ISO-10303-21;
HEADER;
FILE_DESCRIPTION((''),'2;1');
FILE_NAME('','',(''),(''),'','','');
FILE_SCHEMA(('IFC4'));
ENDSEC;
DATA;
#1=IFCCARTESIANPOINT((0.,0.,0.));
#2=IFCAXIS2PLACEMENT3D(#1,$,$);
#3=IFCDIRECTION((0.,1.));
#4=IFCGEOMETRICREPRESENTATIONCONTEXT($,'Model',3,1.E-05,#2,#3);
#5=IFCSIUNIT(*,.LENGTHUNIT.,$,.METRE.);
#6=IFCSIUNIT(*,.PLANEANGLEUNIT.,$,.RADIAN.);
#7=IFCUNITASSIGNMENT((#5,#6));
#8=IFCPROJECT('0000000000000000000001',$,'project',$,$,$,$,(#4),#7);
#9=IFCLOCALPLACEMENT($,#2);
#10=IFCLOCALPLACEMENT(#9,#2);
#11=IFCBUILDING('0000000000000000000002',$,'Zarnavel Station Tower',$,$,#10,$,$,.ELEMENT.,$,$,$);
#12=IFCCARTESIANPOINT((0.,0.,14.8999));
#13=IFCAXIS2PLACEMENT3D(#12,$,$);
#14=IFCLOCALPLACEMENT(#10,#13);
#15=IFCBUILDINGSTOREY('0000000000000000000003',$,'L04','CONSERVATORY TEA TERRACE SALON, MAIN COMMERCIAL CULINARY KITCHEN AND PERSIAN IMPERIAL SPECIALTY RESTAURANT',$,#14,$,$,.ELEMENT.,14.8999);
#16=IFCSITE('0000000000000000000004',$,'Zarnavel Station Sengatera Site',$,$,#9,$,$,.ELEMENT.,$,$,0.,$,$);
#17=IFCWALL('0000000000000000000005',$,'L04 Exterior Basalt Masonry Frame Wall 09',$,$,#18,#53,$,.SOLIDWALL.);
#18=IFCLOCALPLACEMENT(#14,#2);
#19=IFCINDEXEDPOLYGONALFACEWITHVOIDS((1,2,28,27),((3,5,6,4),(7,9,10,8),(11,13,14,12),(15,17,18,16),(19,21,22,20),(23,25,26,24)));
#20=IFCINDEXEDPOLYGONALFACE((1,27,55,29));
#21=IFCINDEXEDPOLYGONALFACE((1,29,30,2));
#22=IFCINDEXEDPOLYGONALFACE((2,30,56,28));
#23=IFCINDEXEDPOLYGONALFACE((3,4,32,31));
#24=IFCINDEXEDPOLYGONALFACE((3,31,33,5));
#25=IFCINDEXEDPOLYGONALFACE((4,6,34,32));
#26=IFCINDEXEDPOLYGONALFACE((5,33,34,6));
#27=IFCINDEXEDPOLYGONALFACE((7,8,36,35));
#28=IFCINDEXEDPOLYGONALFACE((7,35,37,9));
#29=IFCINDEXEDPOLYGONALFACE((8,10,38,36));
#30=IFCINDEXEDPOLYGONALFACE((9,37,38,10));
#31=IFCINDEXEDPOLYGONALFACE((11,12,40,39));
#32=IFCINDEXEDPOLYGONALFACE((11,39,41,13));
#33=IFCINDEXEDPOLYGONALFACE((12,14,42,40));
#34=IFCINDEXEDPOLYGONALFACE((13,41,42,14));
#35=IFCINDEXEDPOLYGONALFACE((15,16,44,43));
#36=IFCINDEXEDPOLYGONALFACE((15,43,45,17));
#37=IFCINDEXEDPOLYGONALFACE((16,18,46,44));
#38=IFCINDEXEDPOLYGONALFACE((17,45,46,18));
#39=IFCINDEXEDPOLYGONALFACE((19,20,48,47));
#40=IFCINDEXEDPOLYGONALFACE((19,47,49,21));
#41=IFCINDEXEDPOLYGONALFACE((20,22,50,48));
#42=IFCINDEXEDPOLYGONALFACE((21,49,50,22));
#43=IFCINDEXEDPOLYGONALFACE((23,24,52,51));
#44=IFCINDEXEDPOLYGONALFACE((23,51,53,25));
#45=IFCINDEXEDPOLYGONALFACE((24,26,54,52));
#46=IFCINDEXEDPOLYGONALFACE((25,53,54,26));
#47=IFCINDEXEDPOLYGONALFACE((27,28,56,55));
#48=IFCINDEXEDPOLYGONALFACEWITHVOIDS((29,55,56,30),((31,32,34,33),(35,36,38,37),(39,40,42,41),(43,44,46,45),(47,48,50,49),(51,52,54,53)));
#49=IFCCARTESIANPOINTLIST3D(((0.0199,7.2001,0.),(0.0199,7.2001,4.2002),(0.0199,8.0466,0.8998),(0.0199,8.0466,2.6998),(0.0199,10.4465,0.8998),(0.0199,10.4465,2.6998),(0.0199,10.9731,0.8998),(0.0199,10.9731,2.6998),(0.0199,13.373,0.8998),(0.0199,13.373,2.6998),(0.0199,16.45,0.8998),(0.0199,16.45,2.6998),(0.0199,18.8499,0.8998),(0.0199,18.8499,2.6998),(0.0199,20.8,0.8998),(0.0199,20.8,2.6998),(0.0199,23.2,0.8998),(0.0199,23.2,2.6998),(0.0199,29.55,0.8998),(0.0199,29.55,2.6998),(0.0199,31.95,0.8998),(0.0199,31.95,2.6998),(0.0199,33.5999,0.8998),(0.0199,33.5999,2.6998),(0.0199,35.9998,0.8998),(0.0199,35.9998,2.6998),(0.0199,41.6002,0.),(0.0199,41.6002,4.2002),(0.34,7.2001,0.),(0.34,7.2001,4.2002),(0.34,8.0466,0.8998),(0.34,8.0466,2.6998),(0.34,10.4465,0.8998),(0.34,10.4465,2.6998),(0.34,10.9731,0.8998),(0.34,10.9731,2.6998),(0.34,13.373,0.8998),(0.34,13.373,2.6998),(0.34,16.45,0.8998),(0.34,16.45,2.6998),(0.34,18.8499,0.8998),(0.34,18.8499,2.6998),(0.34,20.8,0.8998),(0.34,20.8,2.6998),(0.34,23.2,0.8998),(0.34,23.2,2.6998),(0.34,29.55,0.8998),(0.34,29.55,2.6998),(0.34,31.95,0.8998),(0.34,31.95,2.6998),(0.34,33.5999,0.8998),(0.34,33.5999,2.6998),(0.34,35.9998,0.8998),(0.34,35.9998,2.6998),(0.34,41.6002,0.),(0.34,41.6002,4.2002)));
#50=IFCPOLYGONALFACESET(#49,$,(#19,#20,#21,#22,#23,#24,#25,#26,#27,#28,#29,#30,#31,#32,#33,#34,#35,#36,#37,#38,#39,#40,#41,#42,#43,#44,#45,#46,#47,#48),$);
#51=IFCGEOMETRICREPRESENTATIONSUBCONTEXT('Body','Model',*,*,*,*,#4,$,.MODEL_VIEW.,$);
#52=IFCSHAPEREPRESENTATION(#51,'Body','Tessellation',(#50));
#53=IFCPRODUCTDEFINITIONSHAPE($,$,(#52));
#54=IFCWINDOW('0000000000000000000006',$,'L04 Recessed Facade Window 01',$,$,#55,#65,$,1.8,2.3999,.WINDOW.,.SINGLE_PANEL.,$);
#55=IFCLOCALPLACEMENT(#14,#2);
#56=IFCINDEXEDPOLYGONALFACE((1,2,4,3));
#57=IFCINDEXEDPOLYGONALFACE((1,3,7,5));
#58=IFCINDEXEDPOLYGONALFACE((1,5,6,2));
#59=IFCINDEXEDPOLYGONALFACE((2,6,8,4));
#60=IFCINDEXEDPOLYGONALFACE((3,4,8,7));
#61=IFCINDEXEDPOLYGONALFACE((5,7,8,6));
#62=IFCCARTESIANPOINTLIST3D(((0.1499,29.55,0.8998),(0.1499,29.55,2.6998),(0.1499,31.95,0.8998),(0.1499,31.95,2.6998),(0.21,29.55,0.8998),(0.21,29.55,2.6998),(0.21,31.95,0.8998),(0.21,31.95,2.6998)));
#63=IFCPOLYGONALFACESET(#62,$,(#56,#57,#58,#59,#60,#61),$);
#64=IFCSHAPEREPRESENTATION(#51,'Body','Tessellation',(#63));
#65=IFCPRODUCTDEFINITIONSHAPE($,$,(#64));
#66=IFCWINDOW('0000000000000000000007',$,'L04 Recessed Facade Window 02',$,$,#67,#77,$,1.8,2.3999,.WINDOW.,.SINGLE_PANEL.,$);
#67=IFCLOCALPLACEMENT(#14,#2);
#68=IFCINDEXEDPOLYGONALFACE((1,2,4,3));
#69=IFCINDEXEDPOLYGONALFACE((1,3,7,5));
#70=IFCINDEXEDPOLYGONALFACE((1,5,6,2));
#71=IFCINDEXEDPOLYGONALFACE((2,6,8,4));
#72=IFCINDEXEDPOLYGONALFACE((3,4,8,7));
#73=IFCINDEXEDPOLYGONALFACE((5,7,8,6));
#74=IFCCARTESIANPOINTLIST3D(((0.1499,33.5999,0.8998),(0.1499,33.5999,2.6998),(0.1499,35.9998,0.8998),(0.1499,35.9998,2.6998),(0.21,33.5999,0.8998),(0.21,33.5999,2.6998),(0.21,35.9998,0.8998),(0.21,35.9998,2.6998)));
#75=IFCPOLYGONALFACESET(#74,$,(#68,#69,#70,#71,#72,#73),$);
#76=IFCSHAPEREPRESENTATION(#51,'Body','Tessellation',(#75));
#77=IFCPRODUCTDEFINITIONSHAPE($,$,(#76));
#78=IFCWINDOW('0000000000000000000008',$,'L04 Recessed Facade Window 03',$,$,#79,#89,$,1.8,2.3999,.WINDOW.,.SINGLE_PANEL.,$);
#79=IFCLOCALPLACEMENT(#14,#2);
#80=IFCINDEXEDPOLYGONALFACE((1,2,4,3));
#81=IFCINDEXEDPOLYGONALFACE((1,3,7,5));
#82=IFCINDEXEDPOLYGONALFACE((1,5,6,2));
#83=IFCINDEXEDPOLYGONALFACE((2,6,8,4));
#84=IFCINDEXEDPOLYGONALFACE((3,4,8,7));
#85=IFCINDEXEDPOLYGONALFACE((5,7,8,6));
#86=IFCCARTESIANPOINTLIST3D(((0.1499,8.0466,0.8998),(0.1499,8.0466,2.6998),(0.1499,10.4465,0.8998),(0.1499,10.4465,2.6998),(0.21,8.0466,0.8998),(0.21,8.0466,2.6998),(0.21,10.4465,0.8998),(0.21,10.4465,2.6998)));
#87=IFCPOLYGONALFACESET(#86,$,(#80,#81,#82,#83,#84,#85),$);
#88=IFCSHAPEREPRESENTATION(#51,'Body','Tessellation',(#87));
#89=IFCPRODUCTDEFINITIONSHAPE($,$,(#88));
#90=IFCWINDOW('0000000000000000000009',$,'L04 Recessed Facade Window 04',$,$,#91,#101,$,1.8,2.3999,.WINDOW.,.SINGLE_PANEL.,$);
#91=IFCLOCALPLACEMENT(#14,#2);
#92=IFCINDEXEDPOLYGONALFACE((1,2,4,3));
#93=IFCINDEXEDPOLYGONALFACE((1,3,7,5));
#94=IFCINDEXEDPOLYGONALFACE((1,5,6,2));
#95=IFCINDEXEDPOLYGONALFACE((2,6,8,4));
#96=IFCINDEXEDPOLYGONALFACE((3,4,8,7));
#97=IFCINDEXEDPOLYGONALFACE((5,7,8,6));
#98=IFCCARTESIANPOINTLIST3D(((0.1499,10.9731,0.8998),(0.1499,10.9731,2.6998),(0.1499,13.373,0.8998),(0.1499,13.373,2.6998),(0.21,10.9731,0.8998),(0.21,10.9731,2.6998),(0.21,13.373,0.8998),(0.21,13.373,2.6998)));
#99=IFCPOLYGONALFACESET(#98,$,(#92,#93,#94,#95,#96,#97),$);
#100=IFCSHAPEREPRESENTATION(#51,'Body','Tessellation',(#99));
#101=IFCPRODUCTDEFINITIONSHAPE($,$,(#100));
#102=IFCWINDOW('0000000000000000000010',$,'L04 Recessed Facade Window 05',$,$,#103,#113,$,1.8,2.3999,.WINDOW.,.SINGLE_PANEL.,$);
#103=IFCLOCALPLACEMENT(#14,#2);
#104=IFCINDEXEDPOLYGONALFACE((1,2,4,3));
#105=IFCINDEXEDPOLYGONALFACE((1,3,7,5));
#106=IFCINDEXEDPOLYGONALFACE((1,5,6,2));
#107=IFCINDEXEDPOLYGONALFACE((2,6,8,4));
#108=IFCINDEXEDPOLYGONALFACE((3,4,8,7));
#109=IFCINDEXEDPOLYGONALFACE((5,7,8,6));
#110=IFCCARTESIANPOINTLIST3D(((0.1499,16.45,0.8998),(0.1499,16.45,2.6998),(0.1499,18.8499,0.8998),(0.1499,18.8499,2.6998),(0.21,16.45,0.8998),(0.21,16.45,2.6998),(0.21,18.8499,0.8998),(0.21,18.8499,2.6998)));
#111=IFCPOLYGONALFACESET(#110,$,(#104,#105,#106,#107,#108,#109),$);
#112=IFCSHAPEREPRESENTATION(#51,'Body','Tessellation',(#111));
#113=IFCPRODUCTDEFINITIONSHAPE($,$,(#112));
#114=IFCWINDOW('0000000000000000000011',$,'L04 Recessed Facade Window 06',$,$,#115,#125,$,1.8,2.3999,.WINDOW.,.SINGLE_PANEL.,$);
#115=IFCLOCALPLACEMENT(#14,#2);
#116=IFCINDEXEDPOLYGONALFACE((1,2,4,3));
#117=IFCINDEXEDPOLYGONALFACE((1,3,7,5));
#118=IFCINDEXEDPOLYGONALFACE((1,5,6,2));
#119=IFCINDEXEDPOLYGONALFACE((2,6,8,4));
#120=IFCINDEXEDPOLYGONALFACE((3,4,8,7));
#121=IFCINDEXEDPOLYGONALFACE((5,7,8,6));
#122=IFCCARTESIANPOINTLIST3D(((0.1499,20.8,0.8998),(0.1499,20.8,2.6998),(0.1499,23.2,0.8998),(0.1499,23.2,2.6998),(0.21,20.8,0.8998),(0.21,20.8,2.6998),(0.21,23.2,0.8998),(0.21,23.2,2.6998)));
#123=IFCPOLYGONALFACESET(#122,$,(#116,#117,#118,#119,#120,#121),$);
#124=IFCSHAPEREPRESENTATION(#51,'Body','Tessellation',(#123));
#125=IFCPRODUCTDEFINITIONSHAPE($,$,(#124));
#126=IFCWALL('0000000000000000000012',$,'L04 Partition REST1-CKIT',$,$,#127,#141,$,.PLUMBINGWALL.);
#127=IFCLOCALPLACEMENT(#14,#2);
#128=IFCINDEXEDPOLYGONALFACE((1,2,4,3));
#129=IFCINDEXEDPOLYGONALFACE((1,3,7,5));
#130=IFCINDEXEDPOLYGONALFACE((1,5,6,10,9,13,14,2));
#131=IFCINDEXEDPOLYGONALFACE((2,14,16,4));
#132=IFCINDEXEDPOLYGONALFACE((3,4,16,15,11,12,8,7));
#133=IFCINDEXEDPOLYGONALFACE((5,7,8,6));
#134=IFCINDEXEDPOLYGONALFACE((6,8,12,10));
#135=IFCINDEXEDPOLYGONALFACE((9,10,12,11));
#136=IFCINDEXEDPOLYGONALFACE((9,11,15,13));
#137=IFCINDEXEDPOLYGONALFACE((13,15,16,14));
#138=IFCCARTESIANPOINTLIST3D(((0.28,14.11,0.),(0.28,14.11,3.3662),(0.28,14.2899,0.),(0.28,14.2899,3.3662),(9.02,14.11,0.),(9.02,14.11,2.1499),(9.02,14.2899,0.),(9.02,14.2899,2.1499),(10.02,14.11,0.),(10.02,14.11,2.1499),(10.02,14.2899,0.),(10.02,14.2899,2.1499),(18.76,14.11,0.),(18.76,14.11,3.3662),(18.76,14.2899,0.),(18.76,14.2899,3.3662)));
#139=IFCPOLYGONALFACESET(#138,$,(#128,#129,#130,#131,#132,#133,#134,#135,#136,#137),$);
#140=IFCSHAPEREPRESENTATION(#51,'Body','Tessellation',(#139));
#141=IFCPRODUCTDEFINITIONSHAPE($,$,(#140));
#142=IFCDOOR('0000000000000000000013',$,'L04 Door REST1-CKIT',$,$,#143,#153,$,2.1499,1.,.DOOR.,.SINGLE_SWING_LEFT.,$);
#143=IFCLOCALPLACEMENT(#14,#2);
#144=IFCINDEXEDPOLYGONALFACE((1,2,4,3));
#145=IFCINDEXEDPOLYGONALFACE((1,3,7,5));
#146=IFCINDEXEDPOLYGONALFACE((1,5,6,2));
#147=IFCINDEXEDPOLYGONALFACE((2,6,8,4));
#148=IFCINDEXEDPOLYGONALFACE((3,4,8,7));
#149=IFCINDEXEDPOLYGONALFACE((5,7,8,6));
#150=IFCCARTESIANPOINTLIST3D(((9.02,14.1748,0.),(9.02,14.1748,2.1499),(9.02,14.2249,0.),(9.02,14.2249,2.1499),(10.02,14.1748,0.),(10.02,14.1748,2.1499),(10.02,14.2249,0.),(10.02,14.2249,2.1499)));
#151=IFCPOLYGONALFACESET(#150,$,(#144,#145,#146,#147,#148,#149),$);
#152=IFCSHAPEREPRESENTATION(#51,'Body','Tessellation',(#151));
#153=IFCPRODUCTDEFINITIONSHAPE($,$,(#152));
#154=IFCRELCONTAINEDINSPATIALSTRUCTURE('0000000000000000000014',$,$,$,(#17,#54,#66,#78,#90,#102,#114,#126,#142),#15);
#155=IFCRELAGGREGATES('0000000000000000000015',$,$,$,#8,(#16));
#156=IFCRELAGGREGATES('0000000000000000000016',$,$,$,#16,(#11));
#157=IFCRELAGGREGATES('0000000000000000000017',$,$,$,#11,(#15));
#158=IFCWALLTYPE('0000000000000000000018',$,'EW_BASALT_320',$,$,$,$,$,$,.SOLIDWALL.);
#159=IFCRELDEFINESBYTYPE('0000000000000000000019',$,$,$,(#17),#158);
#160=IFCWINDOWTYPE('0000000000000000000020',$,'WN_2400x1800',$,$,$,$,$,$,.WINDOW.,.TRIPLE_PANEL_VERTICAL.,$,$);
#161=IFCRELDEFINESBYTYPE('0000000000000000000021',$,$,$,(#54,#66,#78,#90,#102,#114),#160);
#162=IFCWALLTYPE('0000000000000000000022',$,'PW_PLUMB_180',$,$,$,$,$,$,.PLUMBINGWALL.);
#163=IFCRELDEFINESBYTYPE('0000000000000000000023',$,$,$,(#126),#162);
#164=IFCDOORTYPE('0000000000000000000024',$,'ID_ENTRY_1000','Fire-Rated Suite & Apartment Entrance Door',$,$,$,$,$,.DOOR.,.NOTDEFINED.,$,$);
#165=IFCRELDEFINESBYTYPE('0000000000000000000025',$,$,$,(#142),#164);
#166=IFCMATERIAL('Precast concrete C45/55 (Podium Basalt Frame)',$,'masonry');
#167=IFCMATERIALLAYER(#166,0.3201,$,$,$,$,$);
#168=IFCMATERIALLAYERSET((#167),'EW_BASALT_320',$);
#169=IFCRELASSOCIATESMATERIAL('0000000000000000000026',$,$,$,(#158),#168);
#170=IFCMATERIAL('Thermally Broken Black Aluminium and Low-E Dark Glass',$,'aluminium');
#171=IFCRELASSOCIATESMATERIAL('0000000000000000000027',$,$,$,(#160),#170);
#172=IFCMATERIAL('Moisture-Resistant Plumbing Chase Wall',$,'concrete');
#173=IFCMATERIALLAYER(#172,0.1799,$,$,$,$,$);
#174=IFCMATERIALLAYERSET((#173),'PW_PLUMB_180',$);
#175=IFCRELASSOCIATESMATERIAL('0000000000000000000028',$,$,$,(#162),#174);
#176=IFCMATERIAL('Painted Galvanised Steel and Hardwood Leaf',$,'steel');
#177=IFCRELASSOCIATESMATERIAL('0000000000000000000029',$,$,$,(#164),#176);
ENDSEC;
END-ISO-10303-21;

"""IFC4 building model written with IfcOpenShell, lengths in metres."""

from ifc_helpers import new_model, si_unit, direction, frame, frame_2d, origin, place, context, subcontext, project, spatial, rectangle, extrude, material, layer, layer_set, type_object, element, fill, save


model = new_model("IFC4")

# Units and contexts
model_context = context("Model", 3, precision=1e-05, world=origin(), true_north=direction((0.0, 1.0)))
body_context = subcontext(model_context, "Body", "Model", "MODEL_VIEW")
ifc_project = project(units=[si_unit("LENGTHUNIT", "METRE"), si_unit("PLANEANGLEUNIT", "RADIAN")], contexts=[model_context])

# Site, building, storey
site_placement = place(None, origin())
site = spatial("IfcSite", under=ifc_project, at=site_placement, Name="Zarnavel Station Sengatera Site", CompositionType="ELEMENT", RefElevation=0.0)
building_placement = place(site_placement, origin())
building = spatial("IfcBuilding", under=site, at=building_placement, Name="Zarnavel Station Tower", CompositionType="ELEMENT")
storey_placement = place(building_placement, frame((0.0, 0.0, 14.8999)))
storey = spatial("IfcBuildingStorey", under=building, at=storey_placement, Name="L04", Description="CONSERVATORY TEA TERRACE SALON, MAIN COMMERCIAL CULINARY KITCHEN AND PERSIAN IMPERIAL SPECIALTY RESTAURANT", CompositionType="ELEMENT", Elevation=14.8999)

# Wall, openings, windows
ifc_material_1 = material(Name="Precast concrete C45/55 (Podium Basalt Frame)", Category="masonry")
ifc_layer_1 = layer(ifc_material_1, 0.3201)
ifc_layer_set_1 = layer_set([ifc_layer_1], Name="EW_BASALT_320")
wall_type_1 = type_object("IfcWallType", Name="EW_BASALT_320", PredefinedType="SOLIDWALL", material=ifc_layer_set_1)
wall_1_placement = place(storey_placement, frame((0.1799, 7.2, 0.0), z_axis=(0.0, 0.0, 1.0), x_axis=(0.0, 1.0, 0.0)))
wall_1 = element("IfcWall", 1, at=wall_1_placement, inside=storey, type_object=wall_type_1, Name="L04 Exterior Basalt Masonry Frame Wall 09", PredefinedType="SOLIDWALL", context=body_context, shape_type="SweptSolid", body=[
    extrude(rectangle(XDim=34.4001, YDim=0.3201, at=frame_2d((17.2002, 0.0))), origin(), (0.0, 0.0, 1.0), 4.2002),
])
opening_1_placement = place(wall_1_placement, frame((22.3501, 0.0, 0.8999)))
opening_1 = element("IfcOpeningElement", 2, at=opening_1_placement, cuts=wall_1, PredefinedType="OPENING", context=body_context, shape_type="SweptSolid", body=[
    extrude(rectangle(XDim=2.3999, YDim=1.8, at=frame_2d((1.2, 0.8999))), frame((0.0, 0.1699, 0.0), z_axis=(0.0, -1.0, 0.0), x_axis=(1.0, 0.0, 0.0)), (0.0, 0.0, 1.0), 0.3401),
])
opening_2_placement = place(wall_1_placement, frame((26.3999, 0.0, 0.8999)))
opening_2 = element("IfcOpeningElement", 3, at=opening_2_placement, cuts=wall_1, PredefinedType="OPENING", context=body_context, shape_type="SweptSolid", body=[
    extrude(rectangle(XDim=2.3999, YDim=1.8, at=frame_2d((1.2, 0.8999))), frame((0.0, 0.1699, 0.0), z_axis=(0.0, -1.0, 0.0), x_axis=(1.0, 0.0, 0.0)), (0.0, 0.0, 1.0), 0.3401),
])
opening_3_placement = place(wall_1_placement, frame((0.8467, 0.0, 0.8999)))
opening_3 = element("IfcOpeningElement", 4, at=opening_3_placement, cuts=wall_1, PredefinedType="OPENING", context=body_context, shape_type="SweptSolid", body=[
    extrude(rectangle(XDim=2.3999, YDim=1.8, at=frame_2d((1.2, 0.8999))), frame((0.0, 0.1699, 0.0), z_axis=(0.0, -1.0, 0.0), x_axis=(1.0, 0.0, 0.0)), (0.0, 0.0, 1.0), 0.3401),
])
opening_4_placement = place(wall_1_placement, frame((3.7732, 0.0, 0.8999)))
opening_4 = element("IfcOpeningElement", 5, at=opening_4_placement, cuts=wall_1, PredefinedType="OPENING", context=body_context, shape_type="SweptSolid", body=[
    extrude(rectangle(XDim=2.3999, YDim=1.8, at=frame_2d((1.2, 0.8999))), frame((0.0, 0.1699, 0.0), z_axis=(0.0, -1.0, 0.0), x_axis=(1.0, 0.0, 0.0)), (0.0, 0.0, 1.0), 0.3401),
])
opening_5_placement = place(wall_1_placement, frame((9.25, 0.0, 0.8999)))
opening_5 = element("IfcOpeningElement", 6, at=opening_5_placement, cuts=wall_1, PredefinedType="OPENING", context=body_context, shape_type="SweptSolid", body=[
    extrude(rectangle(XDim=2.3999, YDim=1.8, at=frame_2d((1.2, 0.8999))), frame((0.0, 0.1699, 0.0), z_axis=(0.0, -1.0, 0.0), x_axis=(1.0, 0.0, 0.0)), (0.0, 0.0, 1.0), 0.3401),
])
opening_6_placement = place(wall_1_placement, frame((13.6001, 0.0, 0.8999)))
opening_6 = element("IfcOpeningElement", 7, at=opening_6_placement, cuts=wall_1, PredefinedType="OPENING", context=body_context, shape_type="SweptSolid", body=[
    extrude(rectangle(XDim=2.3999, YDim=1.8, at=frame_2d((1.2, 0.8999))), frame((0.0, 0.1699, 0.0), z_axis=(0.0, -1.0, 0.0), x_axis=(1.0, 0.0, 0.0)), (0.0, 0.0, 1.0), 0.3401),
])
ifc_material_2 = material(Name="Thermally Broken Black Aluminium and Low-E Dark Glass", Category="aluminium")
window_type = type_object("IfcWindowType", Name="WN_2400x1800", PartitioningType="TRIPLE_PANEL_VERTICAL", PredefinedType="WINDOW", material=ifc_material_2)
window_1_placement = place(opening_1_placement, origin())
window_1 = element("IfcWindow", 8, at=window_1_placement, inside=storey, type_object=window_type, Name="L04 Recessed Facade Window 01", OverallHeight=1.8, OverallWidth=2.3999, PartitioningType="SINGLE_PANEL", PredefinedType="WINDOW", context=body_context, shape_type="SweptSolid", body=[
    extrude(rectangle(XDim=2.3999, YDim=1.8, at=frame_2d((1.2, 0.8999))), frame((0.0, 0.03, 0.0), z_axis=(0.0, -1.0, 0.0), x_axis=(1.0, 0.0, 0.0)), (0.0, 0.0, 1.0), 0.0601),
])
fill(opening_1, window_1)
window_2_placement = place(opening_2_placement, origin())
window_2 = element("IfcWindow", 9, at=window_2_placement, inside=storey, type_object=window_type, Name="L04 Recessed Facade Window 02", OverallHeight=1.8, OverallWidth=2.3999, PartitioningType="SINGLE_PANEL", PredefinedType="WINDOW", context=body_context, shape_type="SweptSolid", body=[
    extrude(rectangle(XDim=2.3999, YDim=1.8, at=frame_2d((1.2, 0.8999))), frame((0.0, 0.03, 0.0), z_axis=(0.0, -1.0, 0.0), x_axis=(1.0, 0.0, 0.0)), (0.0, 0.0, 1.0), 0.0601),
])
fill(opening_2, window_2)
window_3_placement = place(opening_3_placement, origin())
window_3 = element("IfcWindow", 10, at=window_3_placement, inside=storey, type_object=window_type, Name="L04 Recessed Facade Window 03", OverallHeight=1.8, OverallWidth=2.3999, PartitioningType="SINGLE_PANEL", PredefinedType="WINDOW", context=body_context, shape_type="SweptSolid", body=[
    extrude(rectangle(XDim=2.3999, YDim=1.8, at=frame_2d((1.2, 0.8999))), frame((0.0, 0.03, 0.0), z_axis=(0.0, -1.0, 0.0), x_axis=(1.0, 0.0, 0.0)), (0.0, 0.0, 1.0), 0.0601),
])
fill(opening_3, window_3)
window_4_placement = place(opening_4_placement, origin())
window_4 = element("IfcWindow", 11, at=window_4_placement, inside=storey, type_object=window_type, Name="L04 Recessed Facade Window 04", OverallHeight=1.8, OverallWidth=2.3999, PartitioningType="SINGLE_PANEL", PredefinedType="WINDOW", context=body_context, shape_type="SweptSolid", body=[
    extrude(rectangle(XDim=2.3999, YDim=1.8, at=frame_2d((1.2, 0.8999))), frame((0.0, 0.03, 0.0), z_axis=(0.0, -1.0, 0.0), x_axis=(1.0, 0.0, 0.0)), (0.0, 0.0, 1.0), 0.0601),
])
fill(opening_4, window_4)
window_5_placement = place(opening_5_placement, origin())
window_5 = element("IfcWindow", 12, at=window_5_placement, inside=storey, type_object=window_type, Name="L04 Recessed Facade Window 05", OverallHeight=1.8, OverallWidth=2.3999, PartitioningType="SINGLE_PANEL", PredefinedType="WINDOW", context=body_context, shape_type="SweptSolid", body=[
    extrude(rectangle(XDim=2.3999, YDim=1.8, at=frame_2d((1.2, 0.8999))), frame((0.0, 0.03, 0.0), z_axis=(0.0, -1.0, 0.0), x_axis=(1.0, 0.0, 0.0)), (0.0, 0.0, 1.0), 0.0601),
])
fill(opening_5, window_5)
window_6_placement = place(opening_6_placement, origin())
window_6 = element("IfcWindow", 13, at=window_6_placement, inside=storey, type_object=window_type, Name="L04 Recessed Facade Window 06", OverallHeight=1.8, OverallWidth=2.3999, PartitioningType="SINGLE_PANEL", PredefinedType="WINDOW", context=body_context, shape_type="SweptSolid", body=[
    extrude(rectangle(XDim=2.3999, YDim=1.8, at=frame_2d((1.2, 0.8999))), frame((0.0, 0.03, 0.0), z_axis=(0.0, -1.0, 0.0), x_axis=(1.0, 0.0, 0.0)), (0.0, 0.0, 1.0), 0.0601),
])
fill(opening_6, window_6)

# Wall, opening, door
ifc_material_3 = material(Name="Moisture-Resistant Plumbing Chase Wall", Category="concrete")
ifc_layer_2 = layer(ifc_material_3, 0.1799)
ifc_layer_set_2 = layer_set([ifc_layer_2], Name="PW_PLUMB_180")
wall_type_2 = type_object("IfcWallType", Name="PW_PLUMB_180", PredefinedType="PLUMBINGWALL", material=ifc_layer_set_2)
wall_2_placement = place(storey_placement, frame((0.28, 14.2, 0.0), z_axis=(0.0, 0.0, 1.0), x_axis=(1.0, 0.0, 0.0)))
wall_2 = element("IfcWall", 14, at=wall_2_placement, inside=storey, type_object=wall_type_2, Name="L04 Partition REST1-CKIT", PredefinedType="PLUMBINGWALL", context=body_context, shape_type="SweptSolid", body=[
    extrude(rectangle(XDim=18.48, YDim=0.1799, at=frame_2d((9.24, 0.0))), origin(), (0.0, 0.0, 1.0), 3.3662),
])
opening_7_placement = place(wall_2_placement, frame((8.74, 0.0, 0.0)))
opening_7 = element("IfcOpeningElement", 15, at=opening_7_placement, cuts=wall_2, PredefinedType="OPENING", context=body_context, shape_type="SweptSolid", body=[
    extrude(rectangle(XDim=1.0, YDim=2.1499, at=frame_2d((0.5, 1.075))), frame((0.0, 0.0999, 0.0), z_axis=(0.0, -1.0, 0.0), x_axis=(1.0, 0.0, 0.0)), (0.0, 0.0, 1.0), 0.2),
])
ifc_material_4 = material(Name="Painted Galvanised Steel and Hardwood Leaf", Category="steel")
door_type = type_object("IfcDoorType", Name="ID_ENTRY_1000", Description="Fire-Rated Suite & Apartment Entrance Door", OperationType="NOTDEFINED", PredefinedType="DOOR", material=ifc_material_4)
door_placement = place(opening_7_placement, origin())
door = element("IfcDoor", 16, at=door_placement, inside=storey, type_object=door_type, Name="L04 Door REST1-CKIT", OperationType="SINGLE_SWING_LEFT", OverallHeight=2.1499, OverallWidth=1.0, PredefinedType="DOOR", context=body_context, shape_type="SweptSolid", body=[
    extrude(rectangle(XDim=1.0, YDim=2.1499, at=frame_2d((0.5, 1.075))), frame((0.0, 0.0249, 0.0), z_axis=(0.0, -1.0, 0.0), x_axis=(1.0, 0.0, 0.0)), (0.0, 0.0, 1.0), 0.05),
])
fill(opening_7, door)

save(model, "model.ifc")
